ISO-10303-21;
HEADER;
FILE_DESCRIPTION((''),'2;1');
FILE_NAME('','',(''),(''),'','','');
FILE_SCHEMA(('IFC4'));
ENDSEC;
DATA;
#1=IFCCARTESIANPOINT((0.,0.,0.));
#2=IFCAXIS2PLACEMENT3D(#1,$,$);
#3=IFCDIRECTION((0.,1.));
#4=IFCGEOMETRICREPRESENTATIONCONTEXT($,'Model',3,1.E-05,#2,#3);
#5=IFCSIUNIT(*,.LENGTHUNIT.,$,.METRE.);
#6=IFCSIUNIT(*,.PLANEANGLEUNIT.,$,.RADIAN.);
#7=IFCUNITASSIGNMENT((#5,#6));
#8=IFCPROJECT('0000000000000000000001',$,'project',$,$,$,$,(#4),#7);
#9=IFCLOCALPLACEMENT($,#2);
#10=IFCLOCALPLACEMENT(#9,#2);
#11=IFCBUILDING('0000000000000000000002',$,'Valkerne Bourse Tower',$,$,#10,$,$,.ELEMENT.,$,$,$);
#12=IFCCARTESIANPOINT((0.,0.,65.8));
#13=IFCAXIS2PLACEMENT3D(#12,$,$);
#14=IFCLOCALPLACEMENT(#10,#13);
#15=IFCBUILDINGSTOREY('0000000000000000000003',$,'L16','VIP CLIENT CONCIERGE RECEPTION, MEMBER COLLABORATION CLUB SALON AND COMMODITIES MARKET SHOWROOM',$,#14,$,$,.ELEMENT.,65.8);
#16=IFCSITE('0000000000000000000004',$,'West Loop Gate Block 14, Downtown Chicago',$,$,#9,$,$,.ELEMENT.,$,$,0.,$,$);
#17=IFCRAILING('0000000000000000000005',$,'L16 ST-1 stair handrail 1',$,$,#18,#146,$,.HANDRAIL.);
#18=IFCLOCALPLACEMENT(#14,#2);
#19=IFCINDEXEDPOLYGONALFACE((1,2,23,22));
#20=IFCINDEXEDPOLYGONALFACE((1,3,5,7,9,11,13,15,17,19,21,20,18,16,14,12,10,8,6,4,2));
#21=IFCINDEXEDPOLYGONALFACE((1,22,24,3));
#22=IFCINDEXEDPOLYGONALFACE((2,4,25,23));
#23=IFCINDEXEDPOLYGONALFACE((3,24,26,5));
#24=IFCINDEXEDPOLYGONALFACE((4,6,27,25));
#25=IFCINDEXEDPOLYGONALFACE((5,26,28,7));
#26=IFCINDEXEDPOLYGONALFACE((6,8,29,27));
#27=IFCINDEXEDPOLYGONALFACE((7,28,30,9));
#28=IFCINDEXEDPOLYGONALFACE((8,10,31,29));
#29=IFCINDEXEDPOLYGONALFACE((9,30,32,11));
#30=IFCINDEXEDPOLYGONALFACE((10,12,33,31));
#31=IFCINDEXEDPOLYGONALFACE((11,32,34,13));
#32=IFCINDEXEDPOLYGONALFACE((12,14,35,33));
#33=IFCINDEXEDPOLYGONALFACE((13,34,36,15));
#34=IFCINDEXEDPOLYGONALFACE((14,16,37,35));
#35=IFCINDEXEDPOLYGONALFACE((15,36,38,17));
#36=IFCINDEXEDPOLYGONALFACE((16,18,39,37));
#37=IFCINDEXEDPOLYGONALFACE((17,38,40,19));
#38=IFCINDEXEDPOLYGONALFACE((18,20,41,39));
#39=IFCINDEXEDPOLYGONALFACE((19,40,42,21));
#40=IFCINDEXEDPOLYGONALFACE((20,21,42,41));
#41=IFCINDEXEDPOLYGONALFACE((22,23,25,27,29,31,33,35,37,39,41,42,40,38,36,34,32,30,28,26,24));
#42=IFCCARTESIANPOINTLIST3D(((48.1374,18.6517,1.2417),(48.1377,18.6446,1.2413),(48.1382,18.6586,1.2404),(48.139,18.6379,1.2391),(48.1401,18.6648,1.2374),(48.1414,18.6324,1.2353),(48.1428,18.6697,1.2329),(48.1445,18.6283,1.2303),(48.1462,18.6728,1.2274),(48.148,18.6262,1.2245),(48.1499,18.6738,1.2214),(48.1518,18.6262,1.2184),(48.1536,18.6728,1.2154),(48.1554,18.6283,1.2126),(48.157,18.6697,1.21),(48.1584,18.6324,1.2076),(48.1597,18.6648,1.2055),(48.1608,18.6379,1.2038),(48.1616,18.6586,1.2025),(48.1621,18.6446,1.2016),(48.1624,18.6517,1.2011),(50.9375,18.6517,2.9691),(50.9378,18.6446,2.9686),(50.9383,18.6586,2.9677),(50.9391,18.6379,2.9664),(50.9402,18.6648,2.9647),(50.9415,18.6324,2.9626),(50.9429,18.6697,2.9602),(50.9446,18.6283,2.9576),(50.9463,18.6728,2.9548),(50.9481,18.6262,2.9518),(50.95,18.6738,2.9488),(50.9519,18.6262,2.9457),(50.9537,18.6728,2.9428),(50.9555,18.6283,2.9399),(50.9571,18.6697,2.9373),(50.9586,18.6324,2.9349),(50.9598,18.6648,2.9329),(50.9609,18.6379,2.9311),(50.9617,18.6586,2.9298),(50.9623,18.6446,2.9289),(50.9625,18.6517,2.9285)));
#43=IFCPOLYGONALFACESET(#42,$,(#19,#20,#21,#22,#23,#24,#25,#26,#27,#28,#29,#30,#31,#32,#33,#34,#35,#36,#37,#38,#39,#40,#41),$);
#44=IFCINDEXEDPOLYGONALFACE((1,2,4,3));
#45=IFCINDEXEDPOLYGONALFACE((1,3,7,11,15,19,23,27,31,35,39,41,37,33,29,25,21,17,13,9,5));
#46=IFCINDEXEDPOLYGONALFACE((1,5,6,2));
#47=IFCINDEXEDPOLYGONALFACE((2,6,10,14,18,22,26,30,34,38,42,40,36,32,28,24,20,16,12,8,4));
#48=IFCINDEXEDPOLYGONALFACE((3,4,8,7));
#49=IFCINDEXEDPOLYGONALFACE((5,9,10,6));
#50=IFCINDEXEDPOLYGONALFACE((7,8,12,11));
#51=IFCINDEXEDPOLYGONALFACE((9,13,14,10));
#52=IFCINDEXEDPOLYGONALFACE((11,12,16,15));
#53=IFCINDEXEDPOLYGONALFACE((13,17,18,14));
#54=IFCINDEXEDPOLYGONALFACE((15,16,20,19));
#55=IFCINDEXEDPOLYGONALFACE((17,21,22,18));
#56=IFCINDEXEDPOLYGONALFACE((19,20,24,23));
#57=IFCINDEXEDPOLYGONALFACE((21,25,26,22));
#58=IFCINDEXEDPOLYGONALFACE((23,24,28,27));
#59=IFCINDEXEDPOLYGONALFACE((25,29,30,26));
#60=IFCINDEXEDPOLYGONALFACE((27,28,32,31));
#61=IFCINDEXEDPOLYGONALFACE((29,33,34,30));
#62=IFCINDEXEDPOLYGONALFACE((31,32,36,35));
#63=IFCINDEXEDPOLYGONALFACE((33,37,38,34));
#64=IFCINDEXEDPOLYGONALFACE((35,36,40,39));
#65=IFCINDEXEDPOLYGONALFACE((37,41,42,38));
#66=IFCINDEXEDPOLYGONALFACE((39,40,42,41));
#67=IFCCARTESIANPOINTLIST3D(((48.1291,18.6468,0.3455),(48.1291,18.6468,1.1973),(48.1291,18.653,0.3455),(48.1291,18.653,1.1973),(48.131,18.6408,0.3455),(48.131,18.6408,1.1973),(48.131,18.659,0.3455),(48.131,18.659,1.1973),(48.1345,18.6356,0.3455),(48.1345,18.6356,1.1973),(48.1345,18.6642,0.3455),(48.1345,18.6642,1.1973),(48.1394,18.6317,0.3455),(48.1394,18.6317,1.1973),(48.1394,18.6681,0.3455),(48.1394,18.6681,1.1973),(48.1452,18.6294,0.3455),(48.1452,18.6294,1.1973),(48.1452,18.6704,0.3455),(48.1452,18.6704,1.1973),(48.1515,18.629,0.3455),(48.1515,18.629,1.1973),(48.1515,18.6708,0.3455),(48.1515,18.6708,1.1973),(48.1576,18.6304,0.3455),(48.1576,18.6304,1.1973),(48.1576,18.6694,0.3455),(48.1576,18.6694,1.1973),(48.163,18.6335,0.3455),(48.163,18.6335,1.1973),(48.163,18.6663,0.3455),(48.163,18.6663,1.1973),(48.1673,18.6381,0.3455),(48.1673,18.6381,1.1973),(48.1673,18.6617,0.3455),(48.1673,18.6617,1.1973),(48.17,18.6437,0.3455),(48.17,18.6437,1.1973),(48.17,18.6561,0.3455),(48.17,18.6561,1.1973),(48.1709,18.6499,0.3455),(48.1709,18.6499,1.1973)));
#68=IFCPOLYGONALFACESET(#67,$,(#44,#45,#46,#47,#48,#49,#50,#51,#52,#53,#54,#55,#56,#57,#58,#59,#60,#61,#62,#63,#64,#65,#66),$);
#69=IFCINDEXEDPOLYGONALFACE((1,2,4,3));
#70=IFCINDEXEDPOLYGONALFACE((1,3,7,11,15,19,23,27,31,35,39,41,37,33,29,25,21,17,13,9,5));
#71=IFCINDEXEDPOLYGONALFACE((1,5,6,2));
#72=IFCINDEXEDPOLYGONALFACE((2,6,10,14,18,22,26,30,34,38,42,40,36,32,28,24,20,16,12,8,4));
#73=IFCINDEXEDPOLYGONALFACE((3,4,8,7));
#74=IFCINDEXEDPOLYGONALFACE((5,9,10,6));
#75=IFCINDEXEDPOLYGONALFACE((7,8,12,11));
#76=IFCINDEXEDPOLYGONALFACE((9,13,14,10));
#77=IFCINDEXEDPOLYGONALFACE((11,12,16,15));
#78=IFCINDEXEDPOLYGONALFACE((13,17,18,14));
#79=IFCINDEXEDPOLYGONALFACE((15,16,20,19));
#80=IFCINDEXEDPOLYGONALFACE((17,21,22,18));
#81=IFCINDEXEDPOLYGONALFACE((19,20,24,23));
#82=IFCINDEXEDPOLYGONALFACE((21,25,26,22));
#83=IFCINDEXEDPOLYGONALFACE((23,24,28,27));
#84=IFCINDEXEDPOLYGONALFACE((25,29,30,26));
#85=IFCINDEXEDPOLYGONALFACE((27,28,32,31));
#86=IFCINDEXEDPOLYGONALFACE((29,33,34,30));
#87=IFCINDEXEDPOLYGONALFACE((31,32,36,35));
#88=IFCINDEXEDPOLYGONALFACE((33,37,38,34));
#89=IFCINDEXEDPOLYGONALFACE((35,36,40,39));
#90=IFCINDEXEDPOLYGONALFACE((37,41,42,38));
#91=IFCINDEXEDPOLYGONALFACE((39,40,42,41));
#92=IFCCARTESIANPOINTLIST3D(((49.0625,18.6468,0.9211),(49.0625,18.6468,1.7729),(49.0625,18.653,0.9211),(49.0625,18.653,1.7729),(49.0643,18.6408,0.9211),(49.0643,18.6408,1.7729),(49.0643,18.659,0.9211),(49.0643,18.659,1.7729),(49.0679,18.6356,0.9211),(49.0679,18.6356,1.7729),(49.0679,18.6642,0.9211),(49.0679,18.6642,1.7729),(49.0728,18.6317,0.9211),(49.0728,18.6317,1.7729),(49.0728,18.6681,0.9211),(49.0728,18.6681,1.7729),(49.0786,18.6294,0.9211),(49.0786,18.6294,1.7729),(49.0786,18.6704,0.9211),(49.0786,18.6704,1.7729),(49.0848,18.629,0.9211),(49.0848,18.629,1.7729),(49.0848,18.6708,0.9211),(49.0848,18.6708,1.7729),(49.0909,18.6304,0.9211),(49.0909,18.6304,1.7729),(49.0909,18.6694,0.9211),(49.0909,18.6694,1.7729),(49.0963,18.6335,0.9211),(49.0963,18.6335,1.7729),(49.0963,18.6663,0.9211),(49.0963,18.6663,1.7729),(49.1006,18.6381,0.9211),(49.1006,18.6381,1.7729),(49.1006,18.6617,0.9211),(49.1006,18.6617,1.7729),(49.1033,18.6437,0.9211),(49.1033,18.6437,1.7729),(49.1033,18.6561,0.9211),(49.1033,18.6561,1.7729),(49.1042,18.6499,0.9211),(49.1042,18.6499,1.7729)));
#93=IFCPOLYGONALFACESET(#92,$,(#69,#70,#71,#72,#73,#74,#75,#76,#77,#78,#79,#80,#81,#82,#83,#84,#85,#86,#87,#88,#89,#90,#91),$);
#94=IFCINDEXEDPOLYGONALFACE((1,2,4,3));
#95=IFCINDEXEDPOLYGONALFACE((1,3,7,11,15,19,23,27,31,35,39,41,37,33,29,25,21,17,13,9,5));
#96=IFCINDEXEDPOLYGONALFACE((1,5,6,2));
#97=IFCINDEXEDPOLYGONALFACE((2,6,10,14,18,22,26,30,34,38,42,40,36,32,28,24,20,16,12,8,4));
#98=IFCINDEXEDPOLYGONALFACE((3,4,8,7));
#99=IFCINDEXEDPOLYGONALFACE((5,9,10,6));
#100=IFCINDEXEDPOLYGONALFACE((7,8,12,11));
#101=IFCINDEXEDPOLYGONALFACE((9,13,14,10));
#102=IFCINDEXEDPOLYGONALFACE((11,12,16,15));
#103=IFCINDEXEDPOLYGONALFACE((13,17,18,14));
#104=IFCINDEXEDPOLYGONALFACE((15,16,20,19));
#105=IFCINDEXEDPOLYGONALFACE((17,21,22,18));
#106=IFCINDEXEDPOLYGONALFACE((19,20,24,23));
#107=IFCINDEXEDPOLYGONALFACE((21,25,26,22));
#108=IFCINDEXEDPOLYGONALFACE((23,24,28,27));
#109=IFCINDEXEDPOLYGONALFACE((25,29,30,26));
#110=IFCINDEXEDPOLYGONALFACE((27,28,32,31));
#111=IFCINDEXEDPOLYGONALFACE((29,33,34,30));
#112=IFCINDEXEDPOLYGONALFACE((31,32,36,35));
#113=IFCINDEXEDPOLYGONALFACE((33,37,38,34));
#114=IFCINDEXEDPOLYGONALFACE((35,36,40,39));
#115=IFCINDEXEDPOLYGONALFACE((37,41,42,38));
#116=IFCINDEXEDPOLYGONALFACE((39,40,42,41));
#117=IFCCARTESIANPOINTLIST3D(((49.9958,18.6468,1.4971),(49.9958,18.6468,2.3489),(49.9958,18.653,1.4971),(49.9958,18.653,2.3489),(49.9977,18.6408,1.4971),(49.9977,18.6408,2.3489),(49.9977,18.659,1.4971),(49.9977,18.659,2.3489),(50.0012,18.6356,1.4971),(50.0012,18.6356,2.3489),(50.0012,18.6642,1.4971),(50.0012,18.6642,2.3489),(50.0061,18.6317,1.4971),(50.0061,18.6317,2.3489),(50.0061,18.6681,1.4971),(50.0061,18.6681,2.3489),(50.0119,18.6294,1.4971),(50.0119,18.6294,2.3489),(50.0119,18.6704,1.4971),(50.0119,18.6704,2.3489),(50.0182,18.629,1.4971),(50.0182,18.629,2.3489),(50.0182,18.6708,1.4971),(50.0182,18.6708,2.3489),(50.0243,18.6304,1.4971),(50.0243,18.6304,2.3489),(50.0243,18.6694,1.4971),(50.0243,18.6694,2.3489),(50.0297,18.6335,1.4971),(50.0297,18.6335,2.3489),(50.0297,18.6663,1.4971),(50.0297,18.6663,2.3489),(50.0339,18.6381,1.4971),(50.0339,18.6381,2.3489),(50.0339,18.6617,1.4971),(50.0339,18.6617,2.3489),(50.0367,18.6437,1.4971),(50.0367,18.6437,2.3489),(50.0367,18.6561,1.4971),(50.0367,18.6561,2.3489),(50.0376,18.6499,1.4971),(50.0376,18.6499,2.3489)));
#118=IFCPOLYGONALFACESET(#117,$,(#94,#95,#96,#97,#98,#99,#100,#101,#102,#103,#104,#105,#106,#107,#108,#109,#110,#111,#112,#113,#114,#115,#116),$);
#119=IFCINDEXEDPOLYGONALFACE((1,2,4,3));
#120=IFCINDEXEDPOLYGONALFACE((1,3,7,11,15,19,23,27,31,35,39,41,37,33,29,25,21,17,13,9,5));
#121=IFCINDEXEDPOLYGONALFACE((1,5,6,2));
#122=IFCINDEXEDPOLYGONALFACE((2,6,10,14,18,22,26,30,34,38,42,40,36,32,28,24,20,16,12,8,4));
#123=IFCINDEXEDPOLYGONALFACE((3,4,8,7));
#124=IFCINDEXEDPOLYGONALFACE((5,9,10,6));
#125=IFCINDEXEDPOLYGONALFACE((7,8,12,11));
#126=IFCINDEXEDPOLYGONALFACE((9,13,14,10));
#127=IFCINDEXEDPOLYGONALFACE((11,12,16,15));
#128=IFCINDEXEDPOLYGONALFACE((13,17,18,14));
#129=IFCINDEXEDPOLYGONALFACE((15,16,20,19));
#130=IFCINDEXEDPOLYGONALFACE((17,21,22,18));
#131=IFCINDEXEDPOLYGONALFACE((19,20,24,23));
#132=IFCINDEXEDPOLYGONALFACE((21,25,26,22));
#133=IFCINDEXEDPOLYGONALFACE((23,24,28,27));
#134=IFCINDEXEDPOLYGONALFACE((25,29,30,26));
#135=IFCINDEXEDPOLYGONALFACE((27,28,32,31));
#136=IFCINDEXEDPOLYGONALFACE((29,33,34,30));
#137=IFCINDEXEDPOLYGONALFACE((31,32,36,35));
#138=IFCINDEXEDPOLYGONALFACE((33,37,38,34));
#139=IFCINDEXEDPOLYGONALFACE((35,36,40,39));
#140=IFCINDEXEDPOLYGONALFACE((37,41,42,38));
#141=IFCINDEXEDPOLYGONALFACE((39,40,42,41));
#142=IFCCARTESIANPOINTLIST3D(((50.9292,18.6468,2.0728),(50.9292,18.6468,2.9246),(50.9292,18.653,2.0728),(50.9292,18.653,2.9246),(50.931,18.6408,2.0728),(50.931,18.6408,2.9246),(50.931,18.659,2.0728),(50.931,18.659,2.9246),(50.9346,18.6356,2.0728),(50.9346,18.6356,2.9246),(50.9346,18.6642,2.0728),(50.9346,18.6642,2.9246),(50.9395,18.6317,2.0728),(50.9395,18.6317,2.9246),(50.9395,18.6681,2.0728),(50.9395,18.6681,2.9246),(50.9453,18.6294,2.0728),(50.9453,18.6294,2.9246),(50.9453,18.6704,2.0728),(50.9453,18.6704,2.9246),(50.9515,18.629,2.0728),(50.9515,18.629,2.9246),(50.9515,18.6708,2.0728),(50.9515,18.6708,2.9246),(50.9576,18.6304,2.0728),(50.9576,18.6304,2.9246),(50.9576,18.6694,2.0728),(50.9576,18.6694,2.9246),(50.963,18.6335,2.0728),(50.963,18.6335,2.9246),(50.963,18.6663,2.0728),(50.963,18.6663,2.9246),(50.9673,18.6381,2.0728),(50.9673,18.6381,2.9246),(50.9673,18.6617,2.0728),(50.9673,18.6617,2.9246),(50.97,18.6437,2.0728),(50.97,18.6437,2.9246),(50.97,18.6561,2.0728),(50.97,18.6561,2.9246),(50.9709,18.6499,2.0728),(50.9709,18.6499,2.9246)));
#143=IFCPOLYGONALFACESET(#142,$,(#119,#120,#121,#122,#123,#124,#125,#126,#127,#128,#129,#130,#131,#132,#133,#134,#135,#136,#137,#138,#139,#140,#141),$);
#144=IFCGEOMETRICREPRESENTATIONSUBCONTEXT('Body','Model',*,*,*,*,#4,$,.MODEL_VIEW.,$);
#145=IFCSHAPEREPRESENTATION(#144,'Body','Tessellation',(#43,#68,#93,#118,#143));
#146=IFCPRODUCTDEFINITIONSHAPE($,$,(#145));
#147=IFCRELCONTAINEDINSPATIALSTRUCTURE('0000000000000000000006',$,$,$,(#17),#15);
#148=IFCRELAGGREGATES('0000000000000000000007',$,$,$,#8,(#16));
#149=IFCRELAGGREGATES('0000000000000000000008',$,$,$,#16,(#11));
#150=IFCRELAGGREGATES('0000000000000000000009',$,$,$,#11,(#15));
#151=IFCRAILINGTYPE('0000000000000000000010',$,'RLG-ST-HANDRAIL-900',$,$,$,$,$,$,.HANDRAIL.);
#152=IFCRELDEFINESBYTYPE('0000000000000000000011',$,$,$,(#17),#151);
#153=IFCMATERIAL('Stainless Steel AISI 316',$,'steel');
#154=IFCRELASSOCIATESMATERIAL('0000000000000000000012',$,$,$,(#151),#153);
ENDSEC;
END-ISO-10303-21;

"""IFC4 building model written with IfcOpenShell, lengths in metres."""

from ifc_helpers import new_model, si_unit, direction, frame, origin, origin_2d, place, context, subcontext, project, spatial, circle, extrude, material, type_object, element, save


model = new_model("IFC4")

# Units and contexts
model_context = context("Model", 3, precision=1e-05, world=origin(), true_north=direction((0.0, 1.0)))
body_context = subcontext(model_context, "Body", "Model", "MODEL_VIEW")
ifc_project = project(units=[si_unit("LENGTHUNIT", "METRE"), si_unit("PLANEANGLEUNIT", "RADIAN")], contexts=[model_context])

# Site, building, storey
site_placement = place(None, origin())
site = spatial("IfcSite", under=ifc_project, at=site_placement, Name="West Loop Gate Block 14, Downtown Chicago", CompositionType="ELEMENT", RefElevation=0.0)
building_placement = place(site_placement, origin())
building = spatial("IfcBuilding", under=site, at=building_placement, Name="Valkerne Bourse Tower", CompositionType="ELEMENT")
storey_placement = place(building_placement, frame((0.0, 0.0, 65.8)))
storey = spatial("IfcBuildingStorey", under=building, at=storey_placement, Name="L16", Description="VIP CLIENT CONCIERGE RECEPTION, MEMBER COLLABORATION CLUB SALON AND COMMODITIES MARKET SHOWROOM", CompositionType="ELEMENT", Elevation=65.8)

# Shared definitions
ifc_material_1 = material(Name="Stainless Steel AISI 316", Category="steel")

# Railing
railing_type_1 = type_object("IfcRailingType", Name="RLG-ST-HANDRAIL-900", PredefinedType="HANDRAIL", material=ifc_material_1)
railing_1_placement = place(storey_placement, frame((48.1499, 18.6499, 0.3455)))
element("IfcRailing", 1, at=railing_1_placement, inside=storey, type_object=railing_type_1, Name="L16 ST-1 stair handrail 1", PredefinedType="HANDRAIL", context=body_context, shape_type="SweptSolid", body=[
    extrude(circle(Radius=0.0239, at=origin_2d()), frame((0.0, 0.0, 0.876), z_axis=(0.85109, 0.0, 0.52502), x_axis=(0.0, 1.0, 0.0)), (0.0, 0.0, 1.0), 3.29),
    extrude(circle(Radius=0.021, at=origin_2d()), origin(), (0.0, 0.0, 1.0), 0.8518),
    extrude(circle(Radius=0.021, at=origin_2d()), frame((0.9333, 0.0, 0.5757)), (0.0, 0.0, 1.0), 0.8518),
    extrude(circle(Radius=0.021, at=origin_2d()), frame((1.8667, 0.0, 1.1516)), (0.0, 0.0, 1.0), 0.8518),
    extrude(circle(Radius=0.021, at=origin_2d()), frame((2.8, 0.0, 1.7273)), (0.0, 0.0, 1.0), 0.8518),
])

save(model, "model.ifc")
